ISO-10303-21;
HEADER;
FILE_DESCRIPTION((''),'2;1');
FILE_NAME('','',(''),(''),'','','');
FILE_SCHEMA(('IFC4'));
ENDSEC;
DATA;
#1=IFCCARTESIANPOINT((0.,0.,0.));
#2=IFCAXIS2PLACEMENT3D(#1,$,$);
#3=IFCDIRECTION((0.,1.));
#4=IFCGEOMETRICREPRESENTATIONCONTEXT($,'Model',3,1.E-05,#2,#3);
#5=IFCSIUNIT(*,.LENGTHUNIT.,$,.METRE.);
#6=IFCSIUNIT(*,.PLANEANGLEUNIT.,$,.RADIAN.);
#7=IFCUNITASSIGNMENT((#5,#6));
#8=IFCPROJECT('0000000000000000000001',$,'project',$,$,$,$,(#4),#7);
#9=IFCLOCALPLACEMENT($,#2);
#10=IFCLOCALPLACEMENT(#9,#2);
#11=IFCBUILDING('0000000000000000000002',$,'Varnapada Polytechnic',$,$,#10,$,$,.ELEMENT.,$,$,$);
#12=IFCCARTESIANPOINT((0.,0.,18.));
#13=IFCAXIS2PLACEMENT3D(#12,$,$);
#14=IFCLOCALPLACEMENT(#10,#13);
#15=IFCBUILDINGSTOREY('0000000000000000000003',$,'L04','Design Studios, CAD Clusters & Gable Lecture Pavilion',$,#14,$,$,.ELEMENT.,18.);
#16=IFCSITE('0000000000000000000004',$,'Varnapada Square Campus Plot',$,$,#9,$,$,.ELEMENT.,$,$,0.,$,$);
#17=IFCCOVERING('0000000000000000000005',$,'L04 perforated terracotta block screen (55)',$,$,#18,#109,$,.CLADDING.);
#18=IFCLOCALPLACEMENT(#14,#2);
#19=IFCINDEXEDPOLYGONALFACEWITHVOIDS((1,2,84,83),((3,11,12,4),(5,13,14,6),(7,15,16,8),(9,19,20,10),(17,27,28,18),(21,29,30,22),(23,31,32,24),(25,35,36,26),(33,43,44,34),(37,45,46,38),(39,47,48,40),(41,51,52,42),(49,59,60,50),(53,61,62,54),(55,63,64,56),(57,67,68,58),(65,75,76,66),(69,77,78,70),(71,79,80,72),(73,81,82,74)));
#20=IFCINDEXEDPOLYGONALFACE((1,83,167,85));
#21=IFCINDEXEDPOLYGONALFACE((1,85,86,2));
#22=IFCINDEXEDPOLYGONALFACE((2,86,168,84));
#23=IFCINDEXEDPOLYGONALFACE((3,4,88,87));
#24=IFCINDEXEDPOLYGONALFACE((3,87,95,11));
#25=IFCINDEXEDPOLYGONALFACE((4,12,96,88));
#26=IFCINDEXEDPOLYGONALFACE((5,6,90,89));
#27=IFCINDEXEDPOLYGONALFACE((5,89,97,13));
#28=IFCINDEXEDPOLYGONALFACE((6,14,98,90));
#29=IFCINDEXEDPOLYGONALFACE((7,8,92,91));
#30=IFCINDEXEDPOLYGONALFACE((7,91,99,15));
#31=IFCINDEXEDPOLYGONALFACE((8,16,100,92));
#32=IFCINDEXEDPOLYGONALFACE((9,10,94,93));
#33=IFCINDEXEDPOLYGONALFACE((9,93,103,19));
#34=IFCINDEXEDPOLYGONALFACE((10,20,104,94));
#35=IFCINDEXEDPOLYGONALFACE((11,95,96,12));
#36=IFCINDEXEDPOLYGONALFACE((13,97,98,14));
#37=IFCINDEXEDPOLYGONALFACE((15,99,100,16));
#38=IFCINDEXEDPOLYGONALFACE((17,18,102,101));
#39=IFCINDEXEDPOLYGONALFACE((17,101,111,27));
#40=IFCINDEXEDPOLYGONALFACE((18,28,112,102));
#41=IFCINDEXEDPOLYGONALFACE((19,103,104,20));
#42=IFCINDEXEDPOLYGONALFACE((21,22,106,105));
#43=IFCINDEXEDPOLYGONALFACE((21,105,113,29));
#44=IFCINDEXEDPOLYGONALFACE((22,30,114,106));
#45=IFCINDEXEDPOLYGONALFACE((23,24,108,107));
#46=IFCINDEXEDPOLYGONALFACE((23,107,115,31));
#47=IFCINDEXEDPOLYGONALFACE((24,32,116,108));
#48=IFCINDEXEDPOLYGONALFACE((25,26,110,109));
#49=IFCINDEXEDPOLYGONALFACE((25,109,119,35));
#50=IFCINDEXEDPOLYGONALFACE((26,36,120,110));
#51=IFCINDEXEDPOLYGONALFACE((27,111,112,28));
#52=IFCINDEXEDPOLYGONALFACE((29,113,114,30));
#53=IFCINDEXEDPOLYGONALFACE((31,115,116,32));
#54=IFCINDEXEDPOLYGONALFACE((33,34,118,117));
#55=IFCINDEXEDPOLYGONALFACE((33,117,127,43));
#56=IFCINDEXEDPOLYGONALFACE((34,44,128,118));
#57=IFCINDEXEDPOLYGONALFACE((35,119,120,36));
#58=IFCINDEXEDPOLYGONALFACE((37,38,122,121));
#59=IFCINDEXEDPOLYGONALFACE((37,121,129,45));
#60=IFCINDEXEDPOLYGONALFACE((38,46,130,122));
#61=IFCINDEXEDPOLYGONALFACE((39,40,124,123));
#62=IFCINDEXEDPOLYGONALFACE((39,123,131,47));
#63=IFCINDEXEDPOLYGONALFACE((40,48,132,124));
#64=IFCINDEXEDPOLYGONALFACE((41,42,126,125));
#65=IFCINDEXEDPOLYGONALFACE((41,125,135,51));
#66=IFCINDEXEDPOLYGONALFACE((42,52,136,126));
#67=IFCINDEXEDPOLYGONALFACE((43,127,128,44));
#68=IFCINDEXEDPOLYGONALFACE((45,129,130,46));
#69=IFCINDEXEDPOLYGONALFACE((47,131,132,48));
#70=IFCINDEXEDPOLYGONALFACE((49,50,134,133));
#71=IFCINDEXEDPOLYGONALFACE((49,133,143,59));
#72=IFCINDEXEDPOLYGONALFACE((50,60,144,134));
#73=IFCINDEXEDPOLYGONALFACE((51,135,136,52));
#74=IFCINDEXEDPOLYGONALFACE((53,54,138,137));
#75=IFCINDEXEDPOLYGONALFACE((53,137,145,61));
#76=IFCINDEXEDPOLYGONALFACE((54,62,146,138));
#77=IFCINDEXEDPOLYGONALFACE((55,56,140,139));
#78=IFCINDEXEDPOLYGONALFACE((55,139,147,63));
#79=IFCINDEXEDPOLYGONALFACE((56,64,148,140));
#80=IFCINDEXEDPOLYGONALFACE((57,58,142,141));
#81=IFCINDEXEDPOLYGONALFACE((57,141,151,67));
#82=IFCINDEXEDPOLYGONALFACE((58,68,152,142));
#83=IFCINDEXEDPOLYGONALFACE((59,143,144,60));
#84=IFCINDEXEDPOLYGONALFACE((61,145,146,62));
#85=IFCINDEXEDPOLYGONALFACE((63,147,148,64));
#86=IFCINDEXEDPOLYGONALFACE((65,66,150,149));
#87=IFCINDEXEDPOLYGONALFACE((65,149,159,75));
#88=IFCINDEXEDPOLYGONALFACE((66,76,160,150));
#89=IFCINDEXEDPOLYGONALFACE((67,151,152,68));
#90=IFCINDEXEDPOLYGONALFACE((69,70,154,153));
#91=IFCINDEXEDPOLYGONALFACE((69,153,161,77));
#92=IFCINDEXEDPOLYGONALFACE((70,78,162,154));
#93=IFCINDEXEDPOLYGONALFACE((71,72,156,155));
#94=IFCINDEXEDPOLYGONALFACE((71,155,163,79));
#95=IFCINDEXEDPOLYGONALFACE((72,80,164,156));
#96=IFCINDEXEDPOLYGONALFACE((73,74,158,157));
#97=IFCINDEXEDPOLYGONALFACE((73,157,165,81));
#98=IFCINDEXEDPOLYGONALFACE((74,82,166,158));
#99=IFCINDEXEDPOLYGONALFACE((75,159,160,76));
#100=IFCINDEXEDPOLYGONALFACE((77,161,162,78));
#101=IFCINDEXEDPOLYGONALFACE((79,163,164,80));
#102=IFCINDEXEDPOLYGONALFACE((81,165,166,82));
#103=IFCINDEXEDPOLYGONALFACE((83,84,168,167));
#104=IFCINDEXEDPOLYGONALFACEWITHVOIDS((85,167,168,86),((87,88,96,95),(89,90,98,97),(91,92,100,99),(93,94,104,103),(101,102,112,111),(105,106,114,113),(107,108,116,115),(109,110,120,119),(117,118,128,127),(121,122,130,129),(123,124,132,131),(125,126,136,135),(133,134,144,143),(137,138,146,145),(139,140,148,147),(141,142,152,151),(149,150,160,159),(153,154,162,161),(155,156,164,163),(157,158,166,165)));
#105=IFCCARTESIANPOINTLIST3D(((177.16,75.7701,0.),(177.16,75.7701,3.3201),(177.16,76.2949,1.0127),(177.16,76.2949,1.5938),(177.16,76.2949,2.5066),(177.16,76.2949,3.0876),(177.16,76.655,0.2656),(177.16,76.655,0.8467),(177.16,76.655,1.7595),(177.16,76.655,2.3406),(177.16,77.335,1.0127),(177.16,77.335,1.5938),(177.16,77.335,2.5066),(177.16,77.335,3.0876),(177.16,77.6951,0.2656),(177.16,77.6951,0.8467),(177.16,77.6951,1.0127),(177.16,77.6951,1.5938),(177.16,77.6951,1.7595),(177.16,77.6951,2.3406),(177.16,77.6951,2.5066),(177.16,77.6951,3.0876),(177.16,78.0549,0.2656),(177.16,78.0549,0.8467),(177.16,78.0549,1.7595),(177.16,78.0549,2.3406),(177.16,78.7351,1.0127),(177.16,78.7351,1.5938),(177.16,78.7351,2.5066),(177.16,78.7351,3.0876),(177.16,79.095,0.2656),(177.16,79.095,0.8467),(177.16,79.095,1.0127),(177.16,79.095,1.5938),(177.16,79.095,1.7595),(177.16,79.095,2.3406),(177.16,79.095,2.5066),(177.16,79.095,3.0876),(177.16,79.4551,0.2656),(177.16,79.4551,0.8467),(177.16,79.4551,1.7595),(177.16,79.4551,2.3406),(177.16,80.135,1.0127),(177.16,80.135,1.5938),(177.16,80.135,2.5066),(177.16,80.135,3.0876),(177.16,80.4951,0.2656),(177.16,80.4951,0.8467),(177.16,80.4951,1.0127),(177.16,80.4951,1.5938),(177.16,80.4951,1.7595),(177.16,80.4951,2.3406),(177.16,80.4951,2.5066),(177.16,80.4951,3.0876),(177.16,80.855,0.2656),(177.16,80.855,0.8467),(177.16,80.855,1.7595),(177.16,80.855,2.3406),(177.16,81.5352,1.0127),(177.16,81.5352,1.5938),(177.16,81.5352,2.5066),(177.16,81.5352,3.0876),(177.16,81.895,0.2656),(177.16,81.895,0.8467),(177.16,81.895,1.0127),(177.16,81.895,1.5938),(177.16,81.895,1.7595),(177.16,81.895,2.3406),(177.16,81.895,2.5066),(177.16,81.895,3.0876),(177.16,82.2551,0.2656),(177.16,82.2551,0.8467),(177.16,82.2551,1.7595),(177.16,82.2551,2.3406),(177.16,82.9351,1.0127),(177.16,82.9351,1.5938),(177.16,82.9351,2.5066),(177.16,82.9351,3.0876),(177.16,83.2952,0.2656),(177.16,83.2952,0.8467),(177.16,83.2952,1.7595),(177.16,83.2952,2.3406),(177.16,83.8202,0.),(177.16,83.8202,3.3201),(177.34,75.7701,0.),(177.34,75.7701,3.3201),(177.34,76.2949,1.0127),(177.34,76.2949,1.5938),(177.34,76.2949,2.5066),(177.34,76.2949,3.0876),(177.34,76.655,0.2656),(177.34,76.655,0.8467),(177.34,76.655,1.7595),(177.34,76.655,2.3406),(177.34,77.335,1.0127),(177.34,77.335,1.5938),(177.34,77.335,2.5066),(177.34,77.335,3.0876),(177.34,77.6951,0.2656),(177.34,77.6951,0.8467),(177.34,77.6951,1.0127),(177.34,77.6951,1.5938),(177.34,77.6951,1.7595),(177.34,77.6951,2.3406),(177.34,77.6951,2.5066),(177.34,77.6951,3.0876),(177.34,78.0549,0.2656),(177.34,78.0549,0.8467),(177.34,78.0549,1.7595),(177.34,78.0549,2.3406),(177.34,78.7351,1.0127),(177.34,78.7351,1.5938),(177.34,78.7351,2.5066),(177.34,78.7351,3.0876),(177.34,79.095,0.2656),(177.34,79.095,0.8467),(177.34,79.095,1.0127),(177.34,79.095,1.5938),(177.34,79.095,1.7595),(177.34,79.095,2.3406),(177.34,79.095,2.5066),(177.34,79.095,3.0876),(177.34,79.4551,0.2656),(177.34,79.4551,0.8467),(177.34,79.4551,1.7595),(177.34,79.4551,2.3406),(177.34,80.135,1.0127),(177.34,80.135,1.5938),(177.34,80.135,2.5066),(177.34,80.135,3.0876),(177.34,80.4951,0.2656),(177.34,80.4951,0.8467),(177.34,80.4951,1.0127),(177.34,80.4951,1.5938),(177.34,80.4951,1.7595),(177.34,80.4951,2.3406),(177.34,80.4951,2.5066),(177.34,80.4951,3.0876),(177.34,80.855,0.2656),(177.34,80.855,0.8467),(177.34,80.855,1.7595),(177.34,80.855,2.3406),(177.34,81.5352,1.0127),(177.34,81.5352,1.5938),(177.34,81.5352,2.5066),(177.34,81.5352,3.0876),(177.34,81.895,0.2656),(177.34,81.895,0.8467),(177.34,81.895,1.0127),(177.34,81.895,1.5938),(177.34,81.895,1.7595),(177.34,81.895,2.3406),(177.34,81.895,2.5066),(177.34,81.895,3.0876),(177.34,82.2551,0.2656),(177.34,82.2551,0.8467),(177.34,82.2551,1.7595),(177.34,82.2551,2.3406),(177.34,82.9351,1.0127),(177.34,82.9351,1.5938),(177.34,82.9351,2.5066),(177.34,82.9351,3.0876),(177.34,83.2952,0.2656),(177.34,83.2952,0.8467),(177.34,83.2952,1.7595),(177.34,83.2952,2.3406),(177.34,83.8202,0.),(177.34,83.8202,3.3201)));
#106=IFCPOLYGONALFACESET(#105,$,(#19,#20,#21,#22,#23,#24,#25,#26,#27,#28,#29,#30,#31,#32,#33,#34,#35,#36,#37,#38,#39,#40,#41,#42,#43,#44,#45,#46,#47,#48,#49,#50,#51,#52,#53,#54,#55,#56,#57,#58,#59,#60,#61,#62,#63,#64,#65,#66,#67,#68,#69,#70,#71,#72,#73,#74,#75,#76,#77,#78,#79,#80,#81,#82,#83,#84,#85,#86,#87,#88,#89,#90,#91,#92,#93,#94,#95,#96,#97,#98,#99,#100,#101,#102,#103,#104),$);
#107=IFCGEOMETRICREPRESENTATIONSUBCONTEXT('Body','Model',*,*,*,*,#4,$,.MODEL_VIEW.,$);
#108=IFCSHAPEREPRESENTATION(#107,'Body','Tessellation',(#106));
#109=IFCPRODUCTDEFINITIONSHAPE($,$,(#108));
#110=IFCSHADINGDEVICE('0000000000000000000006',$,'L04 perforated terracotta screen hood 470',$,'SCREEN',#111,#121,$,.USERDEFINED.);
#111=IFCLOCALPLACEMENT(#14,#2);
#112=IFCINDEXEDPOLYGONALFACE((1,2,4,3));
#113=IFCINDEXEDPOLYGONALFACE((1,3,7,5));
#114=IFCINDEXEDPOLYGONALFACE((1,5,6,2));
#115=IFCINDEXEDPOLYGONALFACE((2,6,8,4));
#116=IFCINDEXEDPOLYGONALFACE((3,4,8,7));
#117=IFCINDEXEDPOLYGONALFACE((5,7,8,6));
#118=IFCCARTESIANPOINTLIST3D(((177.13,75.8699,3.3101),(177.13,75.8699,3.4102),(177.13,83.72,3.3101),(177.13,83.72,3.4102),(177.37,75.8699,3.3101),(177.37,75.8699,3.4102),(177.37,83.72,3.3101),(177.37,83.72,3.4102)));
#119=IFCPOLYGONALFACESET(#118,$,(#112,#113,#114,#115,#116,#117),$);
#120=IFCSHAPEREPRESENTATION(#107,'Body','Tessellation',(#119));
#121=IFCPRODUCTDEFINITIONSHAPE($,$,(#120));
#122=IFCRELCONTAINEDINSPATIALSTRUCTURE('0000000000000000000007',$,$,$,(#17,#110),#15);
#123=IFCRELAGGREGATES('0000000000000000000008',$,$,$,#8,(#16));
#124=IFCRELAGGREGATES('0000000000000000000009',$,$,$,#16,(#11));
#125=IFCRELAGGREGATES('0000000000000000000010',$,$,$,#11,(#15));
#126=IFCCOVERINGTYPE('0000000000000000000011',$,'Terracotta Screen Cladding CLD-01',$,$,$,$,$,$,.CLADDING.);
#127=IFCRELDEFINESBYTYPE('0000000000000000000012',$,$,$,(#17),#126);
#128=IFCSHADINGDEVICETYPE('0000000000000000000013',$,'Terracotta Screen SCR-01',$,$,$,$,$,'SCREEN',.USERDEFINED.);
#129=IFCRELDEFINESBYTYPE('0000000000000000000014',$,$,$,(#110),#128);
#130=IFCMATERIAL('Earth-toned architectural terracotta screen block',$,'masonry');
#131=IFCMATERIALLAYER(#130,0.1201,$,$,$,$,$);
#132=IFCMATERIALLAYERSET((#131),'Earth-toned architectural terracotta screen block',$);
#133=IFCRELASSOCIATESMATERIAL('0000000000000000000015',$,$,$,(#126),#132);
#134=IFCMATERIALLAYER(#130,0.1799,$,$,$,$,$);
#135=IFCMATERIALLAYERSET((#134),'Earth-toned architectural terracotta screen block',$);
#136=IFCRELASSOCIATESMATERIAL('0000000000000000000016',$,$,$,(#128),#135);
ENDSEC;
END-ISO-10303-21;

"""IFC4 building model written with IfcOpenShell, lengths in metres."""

from ifc_helpers import new_model, si_unit, direction, frame, frame_2d, origin, origin_2d, place, context, subcontext, project, spatial, rectangle, extrude, material, layer, layer_set, type_object, element, save


model = new_model("IFC4")

# Units and contexts
model_context = context("Model", 3, precision=1e-05, world=origin(), true_north=direction((0.0, 1.0)))
body_context = subcontext(model_context, "Body", "Model", "MODEL_VIEW")
ifc_project = project(units=[si_unit("LENGTHUNIT", "METRE"), si_unit("PLANEANGLEUNIT", "RADIAN")], contexts=[model_context])

# Site, building, storey
site_placement = place(None, origin())
site = spatial("IfcSite", under=ifc_project, at=site_placement, Name="Varnapada Square Campus Plot", CompositionType="ELEMENT", RefElevation=0.0)
building_placement = place(site_placement, origin())
building = spatial("IfcBuilding", under=site, at=building_placement, Name="Varnapada Polytechnic", CompositionType="ELEMENT")
storey_placement = place(building_placement, frame((0.0, 0.0, 18.0)))
storey = spatial("IfcBuildingStorey", under=building, at=storey_placement, Name="L04", Description="Design Studios, CAD Clusters & Gable Lecture Pavilion", CompositionType="ELEMENT", Elevation=18.0)

# Covering, openings
ifc_material_1 = material(Name="Earth-toned architectural terracotta screen block", Category="masonry")
ifc_layer_1 = layer(ifc_material_1, 0.1201)
ifc_layer_set_1 = layer_set([ifc_layer_1], Name="Earth-toned architectural terracotta screen block")
covering_type_1 = type_object("IfcCoveringType", Name="Terracotta Screen Cladding CLD-01", PredefinedType="CLADDING", material=ifc_layer_set_1)
covering_1_placement = place(storey_placement, frame((177.25, 83.8201, 0.0), z_axis=(0.0, 0.0, 1.0), x_axis=(0.0, -1.0, 0.0)))
covering_1 = element("IfcCovering", 1, at=covering_1_placement, inside=storey, type_object=covering_type_1, Name="L04 perforated terracotta block screen (55)", PredefinedType="CLADDING", context=body_context, shape_type="SweptSolid", body=[
    extrude(rectangle(XDim=8.05, YDim=0.1799, at=frame_2d((4.0249, 0.0))), origin(), (0.0, 0.0, 1.0), 3.3201),
])
opening_1_placement = place(covering_1_placement, frame((0.5249, 0.0, 0.2656)))
element("IfcOpeningElement", 2, at=opening_1_placement, cuts=covering_1, PredefinedType="OPENING", context=body_context, shape_type="SweptSolid", body=[
    extrude(rectangle(XDim=1.04, YDim=0.5811, at=frame_2d((0.52, 0.2905))), frame((0.0, 0.0999, 0.0), z_axis=(0.0, -1.0, 0.0), x_axis=(1.0, 0.0, 0.0)), (0.0, 0.0, 1.0), 0.2),
])
opening_2_placement = place(covering_1_placement, frame((1.925, 0.0, 0.2656)))
element("IfcOpeningElement", 3, at=opening_2_placement, cuts=covering_1, PredefinedType="OPENING", context=body_context, shape_type="SweptSolid", body=[
    extrude(rectangle(XDim=1.04, YDim=0.5811, at=frame_2d((0.52, 0.2905))), frame((0.0, 0.0999, 0.0), z_axis=(0.0, -1.0, 0.0), x_axis=(1.0, 0.0, 0.0)), (0.0, 0.0, 1.0), 0.2),
])
opening_3_placement = place(covering_1_placement, frame((3.325, 0.0, 0.2656)))
element("IfcOpeningElement", 4, at=opening_3_placement, cuts=covering_1, PredefinedType="OPENING", context=body_context, shape_type="SweptSolid", body=[
    extrude(rectangle(XDim=1.04, YDim=0.5811, at=frame_2d((0.52, 0.2905))), frame((0.0, 0.0999, 0.0), z_axis=(0.0, -1.0, 0.0), x_axis=(1.0, 0.0, 0.0)), (0.0, 0.0, 1.0), 0.2),
])
opening_4_placement = place(covering_1_placement, frame((4.7251, 0.0, 0.2656)))
element("IfcOpeningElement", 5, at=opening_4_placement, cuts=covering_1, PredefinedType="OPENING", context=body_context, shape_type="SweptSolid", body=[
    extrude(rectangle(XDim=1.04, YDim=0.5811, at=frame_2d((0.52, 0.2905))), frame((0.0, 0.0999, 0.0), z_axis=(0.0, -1.0, 0.0), x_axis=(1.0, 0.0, 0.0)), (0.0, 0.0, 1.0), 0.2),
])
opening_5_placement = place(covering_1_placement, frame((6.125, 0.0, 0.2656)))
element("IfcOpeningElement", 6, at=opening_5_placement, cuts=covering_1, PredefinedType="OPENING", context=body_context, shape_type="SweptSolid", body=[
    extrude(rectangle(XDim=1.04, YDim=0.5811, at=frame_2d((0.52, 0.2905))), frame((0.0, 0.0999, 0.0), z_axis=(0.0, -1.0, 0.0), x_axis=(1.0, 0.0, 0.0)), (0.0, 0.0, 1.0), 0.2),
])
opening_6_placement = place(covering_1_placement, frame((0.885, 0.0, 1.0127)))
element("IfcOpeningElement", 7, at=opening_6_placement, cuts=covering_1, PredefinedType="OPENING", context=body_context, shape_type="SweptSolid", body=[
    extrude(rectangle(XDim=1.04, YDim=0.5811, at=frame_2d((0.52, 0.2905))), frame((0.0, 0.0999, 0.0), z_axis=(0.0, -1.0, 0.0), x_axis=(1.0, 0.0, 0.0)), (0.0, 0.0, 1.0), 0.2),
])
opening_7_placement = place(covering_1_placement, frame((2.2849, 0.0, 1.0127)))
element("IfcOpeningElement", 8, at=opening_7_placement, cuts=covering_1, PredefinedType="OPENING", context=body_context, shape_type="SweptSolid", body=[
    extrude(rectangle(XDim=1.04, YDim=0.5811, at=frame_2d((0.52, 0.2905))), frame((0.0, 0.0999, 0.0), z_axis=(0.0, -1.0, 0.0), x_axis=(1.0, 0.0, 0.0)), (0.0, 0.0, 1.0), 0.2),
])
opening_8_placement = place(covering_1_placement, frame((3.6851, 0.0, 1.0127)))
element("IfcOpeningElement", 9, at=opening_8_placement, cuts=covering_1, PredefinedType="OPENING", context=body_context, shape_type="SweptSolid", body=[
    extrude(rectangle(XDim=1.04, YDim=0.5811, at=frame_2d((0.52, 0.2905))), frame((0.0, 0.0999, 0.0), z_axis=(0.0, -1.0, 0.0), x_axis=(1.0, 0.0, 0.0)), (0.0, 0.0, 1.0), 0.2),
])
opening_9_placement = place(covering_1_placement, frame((5.085, 0.0, 1.0127)))
element("IfcOpeningElement", 10, at=opening_9_placement, cuts=covering_1, PredefinedType="OPENING", context=body_context, shape_type="SweptSolid", body=[
    extrude(rectangle(XDim=1.04, YDim=0.5811, at=frame_2d((0.52, 0.2905))), frame((0.0, 0.0999, 0.0), z_axis=(0.0, -1.0, 0.0), x_axis=(1.0, 0.0, 0.0)), (0.0, 0.0, 1.0), 0.2),
])
opening_10_placement = place(covering_1_placement, frame((6.4851, 0.0, 1.0127)))
element("IfcOpeningElement", 11, at=opening_10_placement, cuts=covering_1, PredefinedType="OPENING", context=body_context, shape_type="SweptSolid", body=[
    extrude(rectangle(XDim=1.04, YDim=0.5811, at=frame_2d((0.52, 0.2905))), frame((0.0, 0.0999, 0.0), z_axis=(0.0, -1.0, 0.0), x_axis=(1.0, 0.0, 0.0)), (0.0, 0.0, 1.0), 0.2),
])
opening_11_placement = place(covering_1_placement, frame((0.5249, 0.0, 1.7595)))
element("IfcOpeningElement", 12, at=opening_11_placement, cuts=covering_1, PredefinedType="OPENING", context=body_context, shape_type="SweptSolid", body=[
    extrude(rectangle(XDim=1.04, YDim=0.5811, at=frame_2d((0.52, 0.2905))), frame((0.0, 0.0999, 0.0), z_axis=(0.0, -1.0, 0.0), x_axis=(1.0, 0.0, 0.0)), (0.0, 0.0, 1.0), 0.2),
])
opening_12_placement = place(covering_1_placement, frame((1.925, 0.0, 1.7595)))
element("IfcOpeningElement", 13, at=opening_12_placement, cuts=covering_1, PredefinedType="OPENING", context=body_context, shape_type="SweptSolid", body=[
    extrude(rectangle(XDim=1.04, YDim=0.5811, at=frame_2d((0.52, 0.2905))), frame((0.0, 0.0999, 0.0), z_axis=(0.0, -1.0, 0.0), x_axis=(1.0, 0.0, 0.0)), (0.0, 0.0, 1.0), 0.2),
])
opening_13_placement = place(covering_1_placement, frame((3.325, 0.0, 1.7595)))
element("IfcOpeningElement", 14, at=opening_13_placement, cuts=covering_1, PredefinedType="OPENING", context=body_context, shape_type="SweptSolid", body=[
    extrude(rectangle(XDim=1.04, YDim=0.5811, at=frame_2d((0.52, 0.2905))), frame((0.0, 0.0999, 0.0), z_axis=(0.0, -1.0, 0.0), x_axis=(1.0, 0.0, 0.0)), (0.0, 0.0, 1.0), 0.2),
])
opening_14_placement = place(covering_1_placement, frame((4.7251, 0.0, 1.7595)))
element("IfcOpeningElement", 15, at=opening_14_placement, cuts=covering_1, PredefinedType="OPENING", context=body_context, shape_type="SweptSolid", body=[
    extrude(rectangle(XDim=1.04, YDim=0.5811, at=frame_2d((0.52, 0.2905))), frame((0.0, 0.0999, 0.0), z_axis=(0.0, -1.0, 0.0), x_axis=(1.0, 0.0, 0.0)), (0.0, 0.0, 1.0), 0.2),
])
opening_15_placement = place(covering_1_placement, frame((6.125, 0.0, 1.7595)))
element("IfcOpeningElement", 16, at=opening_15_placement, cuts=covering_1, PredefinedType="OPENING", context=body_context, shape_type="SweptSolid", body=[
    extrude(rectangle(XDim=1.04, YDim=0.5811, at=frame_2d((0.52, 0.2905))), frame((0.0, 0.0999, 0.0), z_axis=(0.0, -1.0, 0.0), x_axis=(1.0, 0.0, 0.0)), (0.0, 0.0, 1.0), 0.2),
])
opening_16_placement = place(covering_1_placement, frame((0.885, 0.0, 2.5066)))
element("IfcOpeningElement", 17, at=opening_16_placement, cuts=covering_1, PredefinedType="OPENING", context=body_context, shape_type="SweptSolid", body=[
    extrude(rectangle(XDim=1.04, YDim=0.5811, at=frame_2d((0.52, 0.2905))), frame((0.0, 0.0999, 0.0), z_axis=(0.0, -1.0, 0.0), x_axis=(1.0, 0.0, 0.0)), (0.0, 0.0, 1.0), 0.2),
])
opening_17_placement = place(covering_1_placement, frame((2.2849, 0.0, 2.5066)))
element("IfcOpeningElement", 18, at=opening_17_placement, cuts=covering_1, PredefinedType="OPENING", context=body_context, shape_type="SweptSolid", body=[
    extrude(rectangle(XDim=1.04, YDim=0.5811, at=frame_2d((0.52, 0.2905))), frame((0.0, 0.0999, 0.0), z_axis=(0.0, -1.0, 0.0), x_axis=(1.0, 0.0, 0.0)), (0.0, 0.0, 1.0), 0.2),
])
opening_18_placement = place(covering_1_placement, frame((3.6851, 0.0, 2.5066)))
element("IfcOpeningElement", 19, at=opening_18_placement, cuts=covering_1, PredefinedType="OPENING", context=body_context, shape_type="SweptSolid", body=[
    extrude(rectangle(XDim=1.04, YDim=0.5811, at=frame_2d((0.52, 0.2905))), frame((0.0, 0.0999, 0.0), z_axis=(0.0, -1.0, 0.0), x_axis=(1.0, 0.0, 0.0)), (0.0, 0.0, 1.0), 0.2),
])
opening_19_placement = place(covering_1_placement, frame((5.085, 0.0, 2.5066)))
element("IfcOpeningElement", 20, at=opening_19_placement, cuts=covering_1, PredefinedType="OPENING", context=body_context, shape_type="SweptSolid", body=[
    extrude(rectangle(XDim=1.04, YDim=0.5811, at=frame_2d((0.52, 0.2905))), frame((0.0, 0.0999, 0.0), z_axis=(0.0, -1.0, 0.0), x_axis=(1.0, 0.0, 0.0)), (0.0, 0.0, 1.0), 0.2),
])
opening_20_placement = place(covering_1_placement, frame((6.4851, 0.0, 2.5066)))
element("IfcOpeningElement", 21, at=opening_20_placement, cuts=covering_1, PredefinedType="OPENING", context=body_context, shape_type="SweptSolid", body=[
    extrude(rectangle(XDim=1.04, YDim=0.5811, at=frame_2d((0.52, 0.2905))), frame((0.0, 0.0999, 0.0), z_axis=(0.0, -1.0, 0.0), x_axis=(1.0, 0.0, 0.0)), (0.0, 0.0, 1.0), 0.2),
])

# Shading device
ifc_layer_2 = layer(ifc_material_1, 0.1799)
ifc_layer_set_2 = layer_set([ifc_layer_2], Name="Earth-toned architectural terracotta screen block")
shading_device_type = type_object("IfcShadingDeviceType", Name="Terracotta Screen SCR-01", ElementType="SCREEN", PredefinedType="USERDEFINED", material=ifc_layer_set_2)
shading_device_placement = place(storey_placement, frame((177.25, 79.7949, 3.3101), z_axis=(0.0, 0.0, 1.0), x_axis=(0.0, -1.0, 0.0)))
element("IfcShadingDevice", 22, at=shading_device_placement, inside=storey, type_object=shading_device_type, Name="L04 perforated terracotta screen hood 470", ObjectType="SCREEN", PredefinedType="USERDEFINED", context=body_context, shape_type="SweptSolid", body=[
    extrude(rectangle(XDim=7.8501, YDim=0.24, at=origin_2d()), origin(), (0.0, 0.0, 1.0), 0.1001),
])

save(model, "model.ifc")
